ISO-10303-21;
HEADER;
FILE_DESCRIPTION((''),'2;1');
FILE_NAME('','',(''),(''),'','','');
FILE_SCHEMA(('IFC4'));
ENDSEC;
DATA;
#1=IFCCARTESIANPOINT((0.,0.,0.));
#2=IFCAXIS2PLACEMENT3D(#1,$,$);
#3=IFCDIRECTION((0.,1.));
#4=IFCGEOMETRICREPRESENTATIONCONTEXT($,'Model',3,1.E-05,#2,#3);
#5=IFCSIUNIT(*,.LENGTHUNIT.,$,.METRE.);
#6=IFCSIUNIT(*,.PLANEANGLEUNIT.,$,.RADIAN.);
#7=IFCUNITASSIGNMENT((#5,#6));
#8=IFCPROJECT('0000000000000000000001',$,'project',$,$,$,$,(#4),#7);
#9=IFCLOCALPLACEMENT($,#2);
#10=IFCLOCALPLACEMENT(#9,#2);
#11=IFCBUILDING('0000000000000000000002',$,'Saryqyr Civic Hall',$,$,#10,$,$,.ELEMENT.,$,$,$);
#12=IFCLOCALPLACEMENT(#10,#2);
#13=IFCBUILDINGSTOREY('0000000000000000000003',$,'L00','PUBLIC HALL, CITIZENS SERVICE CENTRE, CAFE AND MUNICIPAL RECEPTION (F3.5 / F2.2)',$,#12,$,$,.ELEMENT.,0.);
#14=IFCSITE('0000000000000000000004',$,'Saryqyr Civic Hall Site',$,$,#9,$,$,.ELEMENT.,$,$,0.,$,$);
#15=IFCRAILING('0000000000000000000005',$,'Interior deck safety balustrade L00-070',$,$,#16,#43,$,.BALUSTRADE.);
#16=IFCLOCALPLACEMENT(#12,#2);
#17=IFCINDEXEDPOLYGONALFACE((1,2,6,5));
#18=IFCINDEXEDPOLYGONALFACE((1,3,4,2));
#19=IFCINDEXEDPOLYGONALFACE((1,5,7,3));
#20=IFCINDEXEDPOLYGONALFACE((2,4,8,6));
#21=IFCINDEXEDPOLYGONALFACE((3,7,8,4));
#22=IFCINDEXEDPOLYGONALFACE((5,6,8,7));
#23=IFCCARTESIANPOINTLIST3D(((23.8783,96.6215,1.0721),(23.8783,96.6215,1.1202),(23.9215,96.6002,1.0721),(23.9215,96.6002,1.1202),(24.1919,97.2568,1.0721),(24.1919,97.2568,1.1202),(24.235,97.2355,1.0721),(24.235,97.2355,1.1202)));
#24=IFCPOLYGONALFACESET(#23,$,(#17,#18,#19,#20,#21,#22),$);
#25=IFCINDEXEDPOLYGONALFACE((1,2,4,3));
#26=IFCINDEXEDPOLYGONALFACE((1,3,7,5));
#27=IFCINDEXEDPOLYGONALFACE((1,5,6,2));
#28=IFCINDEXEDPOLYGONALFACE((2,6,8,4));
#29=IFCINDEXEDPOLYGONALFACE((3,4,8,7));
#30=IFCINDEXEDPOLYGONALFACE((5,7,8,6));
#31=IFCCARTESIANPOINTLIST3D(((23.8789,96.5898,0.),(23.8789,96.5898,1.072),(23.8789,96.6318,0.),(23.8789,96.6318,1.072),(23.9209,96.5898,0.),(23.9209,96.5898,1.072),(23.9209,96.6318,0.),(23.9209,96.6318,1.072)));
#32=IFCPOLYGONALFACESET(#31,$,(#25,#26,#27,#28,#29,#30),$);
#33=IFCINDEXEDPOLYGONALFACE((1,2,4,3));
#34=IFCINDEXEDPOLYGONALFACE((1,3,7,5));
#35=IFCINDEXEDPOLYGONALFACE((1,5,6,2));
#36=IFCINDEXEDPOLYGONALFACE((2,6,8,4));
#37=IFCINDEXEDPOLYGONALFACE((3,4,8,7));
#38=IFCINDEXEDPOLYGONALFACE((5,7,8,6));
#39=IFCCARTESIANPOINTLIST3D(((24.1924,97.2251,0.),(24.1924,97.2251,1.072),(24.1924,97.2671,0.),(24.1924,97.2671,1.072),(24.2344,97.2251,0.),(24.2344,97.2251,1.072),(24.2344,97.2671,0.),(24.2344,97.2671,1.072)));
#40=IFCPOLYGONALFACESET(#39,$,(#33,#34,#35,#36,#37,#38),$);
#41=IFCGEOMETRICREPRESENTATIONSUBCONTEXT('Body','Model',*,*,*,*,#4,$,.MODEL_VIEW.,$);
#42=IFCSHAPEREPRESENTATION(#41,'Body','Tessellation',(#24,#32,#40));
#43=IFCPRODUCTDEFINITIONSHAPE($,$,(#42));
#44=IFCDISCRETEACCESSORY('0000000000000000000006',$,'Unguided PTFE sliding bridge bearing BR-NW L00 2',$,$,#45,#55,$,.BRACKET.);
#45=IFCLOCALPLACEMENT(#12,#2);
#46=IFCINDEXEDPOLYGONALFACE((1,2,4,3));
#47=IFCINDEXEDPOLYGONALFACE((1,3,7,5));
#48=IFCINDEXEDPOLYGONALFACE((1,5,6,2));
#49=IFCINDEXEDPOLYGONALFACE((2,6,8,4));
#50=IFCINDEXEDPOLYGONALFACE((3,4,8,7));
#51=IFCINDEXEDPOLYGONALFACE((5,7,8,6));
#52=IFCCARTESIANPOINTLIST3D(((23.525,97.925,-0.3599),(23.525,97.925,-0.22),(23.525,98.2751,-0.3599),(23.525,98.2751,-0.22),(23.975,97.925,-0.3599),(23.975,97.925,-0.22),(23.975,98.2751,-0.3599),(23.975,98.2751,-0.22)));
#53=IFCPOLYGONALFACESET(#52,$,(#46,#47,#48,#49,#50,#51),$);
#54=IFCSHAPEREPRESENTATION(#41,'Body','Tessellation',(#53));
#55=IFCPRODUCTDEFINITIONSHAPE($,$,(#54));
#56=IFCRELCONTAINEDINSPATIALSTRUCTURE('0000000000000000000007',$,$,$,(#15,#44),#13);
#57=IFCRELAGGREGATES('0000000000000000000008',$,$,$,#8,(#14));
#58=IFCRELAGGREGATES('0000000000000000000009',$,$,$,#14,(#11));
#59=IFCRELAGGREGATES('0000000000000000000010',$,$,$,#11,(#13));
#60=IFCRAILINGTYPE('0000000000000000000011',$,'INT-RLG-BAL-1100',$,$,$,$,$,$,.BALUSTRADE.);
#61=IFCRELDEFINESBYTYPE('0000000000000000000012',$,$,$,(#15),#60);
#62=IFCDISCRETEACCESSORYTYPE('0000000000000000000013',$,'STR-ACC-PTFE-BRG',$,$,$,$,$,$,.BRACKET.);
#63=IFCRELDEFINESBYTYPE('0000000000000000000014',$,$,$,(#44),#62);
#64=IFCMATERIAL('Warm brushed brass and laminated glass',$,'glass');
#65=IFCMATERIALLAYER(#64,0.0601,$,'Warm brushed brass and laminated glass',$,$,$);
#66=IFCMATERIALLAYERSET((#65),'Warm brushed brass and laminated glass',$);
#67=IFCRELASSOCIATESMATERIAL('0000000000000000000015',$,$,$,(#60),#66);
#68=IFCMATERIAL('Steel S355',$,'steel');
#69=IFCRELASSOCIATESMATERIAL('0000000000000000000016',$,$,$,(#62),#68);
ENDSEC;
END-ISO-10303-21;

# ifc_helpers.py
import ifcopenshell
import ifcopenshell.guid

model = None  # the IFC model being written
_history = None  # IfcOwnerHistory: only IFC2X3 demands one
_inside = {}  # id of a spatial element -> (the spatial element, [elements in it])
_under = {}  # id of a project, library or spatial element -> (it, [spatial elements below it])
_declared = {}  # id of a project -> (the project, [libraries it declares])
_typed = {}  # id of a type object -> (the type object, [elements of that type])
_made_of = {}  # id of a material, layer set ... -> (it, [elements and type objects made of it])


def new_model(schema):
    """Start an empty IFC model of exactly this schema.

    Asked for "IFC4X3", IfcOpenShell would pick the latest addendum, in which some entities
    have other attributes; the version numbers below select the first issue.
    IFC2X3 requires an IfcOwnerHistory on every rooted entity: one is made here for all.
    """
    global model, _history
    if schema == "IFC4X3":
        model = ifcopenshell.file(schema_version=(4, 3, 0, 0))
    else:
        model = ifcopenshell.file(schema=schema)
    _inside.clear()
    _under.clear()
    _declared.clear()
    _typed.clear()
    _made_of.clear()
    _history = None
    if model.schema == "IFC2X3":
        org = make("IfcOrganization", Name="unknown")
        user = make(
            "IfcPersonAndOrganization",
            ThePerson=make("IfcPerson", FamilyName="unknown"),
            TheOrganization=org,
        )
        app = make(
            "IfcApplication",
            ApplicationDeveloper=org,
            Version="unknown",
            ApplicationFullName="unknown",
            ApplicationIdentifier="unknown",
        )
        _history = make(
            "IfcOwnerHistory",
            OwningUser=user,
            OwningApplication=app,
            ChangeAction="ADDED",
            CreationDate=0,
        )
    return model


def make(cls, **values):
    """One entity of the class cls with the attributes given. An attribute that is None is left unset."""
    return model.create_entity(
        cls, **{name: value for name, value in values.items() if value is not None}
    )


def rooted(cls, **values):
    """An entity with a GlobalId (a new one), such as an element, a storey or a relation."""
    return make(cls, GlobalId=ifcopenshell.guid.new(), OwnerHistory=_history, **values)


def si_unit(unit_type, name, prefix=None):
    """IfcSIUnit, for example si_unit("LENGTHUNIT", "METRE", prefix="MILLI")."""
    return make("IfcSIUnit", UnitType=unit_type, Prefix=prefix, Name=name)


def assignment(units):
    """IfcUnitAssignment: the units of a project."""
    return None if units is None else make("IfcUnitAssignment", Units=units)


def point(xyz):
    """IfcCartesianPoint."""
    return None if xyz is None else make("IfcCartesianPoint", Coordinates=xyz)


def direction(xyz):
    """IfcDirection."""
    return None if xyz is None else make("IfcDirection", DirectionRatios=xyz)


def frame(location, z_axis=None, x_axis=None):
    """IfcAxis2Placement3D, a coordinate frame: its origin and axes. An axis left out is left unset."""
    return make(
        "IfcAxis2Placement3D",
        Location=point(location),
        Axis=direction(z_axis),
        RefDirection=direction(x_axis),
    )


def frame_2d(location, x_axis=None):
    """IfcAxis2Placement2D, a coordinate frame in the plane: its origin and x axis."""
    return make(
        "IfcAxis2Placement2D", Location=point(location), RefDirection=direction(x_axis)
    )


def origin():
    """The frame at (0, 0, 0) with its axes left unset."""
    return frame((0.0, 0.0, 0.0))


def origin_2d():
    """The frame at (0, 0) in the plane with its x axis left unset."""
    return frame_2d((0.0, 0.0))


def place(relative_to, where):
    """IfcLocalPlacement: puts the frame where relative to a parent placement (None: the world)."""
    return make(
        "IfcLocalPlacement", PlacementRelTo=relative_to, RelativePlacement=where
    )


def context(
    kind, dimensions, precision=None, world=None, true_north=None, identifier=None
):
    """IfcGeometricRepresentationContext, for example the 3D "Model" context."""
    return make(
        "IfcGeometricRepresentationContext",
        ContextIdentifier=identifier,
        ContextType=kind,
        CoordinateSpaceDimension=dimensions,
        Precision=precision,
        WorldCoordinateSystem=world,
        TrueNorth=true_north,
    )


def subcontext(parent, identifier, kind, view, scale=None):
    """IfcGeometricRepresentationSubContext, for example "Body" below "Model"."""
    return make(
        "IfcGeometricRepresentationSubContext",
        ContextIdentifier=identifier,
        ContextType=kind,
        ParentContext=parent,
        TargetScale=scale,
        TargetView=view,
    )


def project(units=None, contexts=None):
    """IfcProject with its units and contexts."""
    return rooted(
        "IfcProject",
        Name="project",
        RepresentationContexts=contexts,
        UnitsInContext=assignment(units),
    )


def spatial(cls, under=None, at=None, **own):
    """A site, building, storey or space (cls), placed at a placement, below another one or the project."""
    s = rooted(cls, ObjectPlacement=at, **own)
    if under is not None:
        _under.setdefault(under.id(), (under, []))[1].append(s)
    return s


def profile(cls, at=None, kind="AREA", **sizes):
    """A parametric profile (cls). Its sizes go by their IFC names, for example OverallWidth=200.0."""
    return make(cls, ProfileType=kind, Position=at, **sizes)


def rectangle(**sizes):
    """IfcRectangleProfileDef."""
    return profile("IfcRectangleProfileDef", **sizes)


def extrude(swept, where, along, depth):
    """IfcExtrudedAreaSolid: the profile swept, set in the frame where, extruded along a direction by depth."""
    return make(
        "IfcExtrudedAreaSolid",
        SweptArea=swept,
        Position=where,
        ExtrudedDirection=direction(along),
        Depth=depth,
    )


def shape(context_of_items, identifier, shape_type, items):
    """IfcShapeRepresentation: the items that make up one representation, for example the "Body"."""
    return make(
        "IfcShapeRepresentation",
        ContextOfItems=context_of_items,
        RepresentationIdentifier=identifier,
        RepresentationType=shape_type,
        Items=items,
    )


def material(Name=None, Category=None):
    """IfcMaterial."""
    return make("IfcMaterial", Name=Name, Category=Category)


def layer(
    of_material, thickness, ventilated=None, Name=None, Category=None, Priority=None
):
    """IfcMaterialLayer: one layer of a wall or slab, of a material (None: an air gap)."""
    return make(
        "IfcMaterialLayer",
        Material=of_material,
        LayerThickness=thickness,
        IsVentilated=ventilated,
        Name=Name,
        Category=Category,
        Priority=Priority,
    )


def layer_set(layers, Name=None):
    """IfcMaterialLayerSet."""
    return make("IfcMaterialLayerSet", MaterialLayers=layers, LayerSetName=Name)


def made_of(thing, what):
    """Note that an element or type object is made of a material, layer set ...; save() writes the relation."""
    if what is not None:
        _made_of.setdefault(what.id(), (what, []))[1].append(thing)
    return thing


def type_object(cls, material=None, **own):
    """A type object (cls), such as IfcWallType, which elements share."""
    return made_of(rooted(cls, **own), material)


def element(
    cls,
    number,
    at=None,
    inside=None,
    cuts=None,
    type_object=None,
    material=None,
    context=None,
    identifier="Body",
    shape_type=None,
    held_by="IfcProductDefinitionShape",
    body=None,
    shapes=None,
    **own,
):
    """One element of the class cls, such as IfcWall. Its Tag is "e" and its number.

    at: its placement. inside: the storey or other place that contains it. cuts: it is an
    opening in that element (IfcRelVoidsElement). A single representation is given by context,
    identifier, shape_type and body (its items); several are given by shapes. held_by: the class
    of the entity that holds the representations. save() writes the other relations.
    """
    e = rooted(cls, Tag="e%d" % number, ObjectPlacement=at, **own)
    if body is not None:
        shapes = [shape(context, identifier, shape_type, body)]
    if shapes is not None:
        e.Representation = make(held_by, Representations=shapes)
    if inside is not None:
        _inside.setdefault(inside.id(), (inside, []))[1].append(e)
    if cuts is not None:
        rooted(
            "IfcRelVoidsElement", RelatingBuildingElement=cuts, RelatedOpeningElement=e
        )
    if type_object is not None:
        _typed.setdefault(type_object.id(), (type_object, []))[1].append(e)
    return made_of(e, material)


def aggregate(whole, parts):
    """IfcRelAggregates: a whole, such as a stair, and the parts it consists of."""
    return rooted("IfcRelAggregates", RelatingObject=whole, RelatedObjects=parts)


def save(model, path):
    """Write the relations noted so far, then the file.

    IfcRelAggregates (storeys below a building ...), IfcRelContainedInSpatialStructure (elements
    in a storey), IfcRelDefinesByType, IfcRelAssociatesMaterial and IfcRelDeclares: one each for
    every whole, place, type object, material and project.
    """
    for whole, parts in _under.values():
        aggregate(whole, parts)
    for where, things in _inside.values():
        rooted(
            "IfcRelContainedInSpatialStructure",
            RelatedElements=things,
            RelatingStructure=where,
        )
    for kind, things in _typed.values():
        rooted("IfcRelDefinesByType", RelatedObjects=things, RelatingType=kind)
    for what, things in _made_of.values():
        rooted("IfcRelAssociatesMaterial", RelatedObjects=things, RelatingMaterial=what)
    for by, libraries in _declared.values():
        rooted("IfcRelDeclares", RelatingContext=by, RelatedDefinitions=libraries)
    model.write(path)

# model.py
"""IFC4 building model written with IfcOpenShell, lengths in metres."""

from ifc_helpers import new_model, si_unit, direction, frame, origin, origin_2d, place, context, subcontext, project, spatial, rectangle, extrude, material, layer, layer_set, type_object, element, save


model = new_model("IFC4")

# Units and contexts
model_context = context("Model", 3, precision=1e-05, world=origin(), true_north=direction((0.0, 1.0)))
body_context = subcontext(model_context, "Body", "Model", "MODEL_VIEW")
ifc_project = project(units=[si_unit("LENGTHUNIT", "METRE"), si_unit("PLANEANGLEUNIT", "RADIAN")], contexts=[model_context])

# Site, building, storey
site_placement = place(None, origin())
site = spatial("IfcSite", under=ifc_project, at=site_placement, Name="Saryqyr Civic Hall Site", CompositionType="ELEMENT", RefElevation=0.0)
building_placement = place(site_placement, origin())
building = spatial("IfcBuilding", under=site, at=building_placement, Name="Saryqyr Civic Hall", CompositionType="ELEMENT")
storey_placement = place(building_placement, origin())
storey = spatial("IfcBuildingStorey", under=building, at=storey_placement, Name="L00", Description="PUBLIC HALL, CITIZENS SERVICE CENTRE, CAFE AND MUNICIPAL RECEPTION (F3.5 / F2.2)", CompositionType="ELEMENT", Elevation=0.0)

# Shared definitions
ifc_material_1 = material(Name="Steel S355", Category="steel")

# Railing
ifc_material_2 = material(Name="Warm brushed brass and laminated glass", Category="glass")
ifc_layer_1 = layer(ifc_material_2, 0.0601, Name="Warm brushed brass and laminated glass")
ifc_layer_set_1 = layer_set([ifc_layer_1], Name="Warm brushed brass and laminated glass")
railing_type = type_object("IfcRailingType", Name="INT-RLG-BAL-1100", PredefinedType="BALUSTRADE", material=ifc_layer_set_1)
railing_1_placement = place(storey_placement, frame((23.8999, 96.6108, 0.0)))
element("IfcRailing", 1, at=railing_1_placement, inside=storey, type_object=railing_type, Name="Interior deck safety balustrade L00-070", PredefinedType="BALUSTRADE", context=body_context, shape_type="SweptSolid", body=[
    extrude(rectangle(XDim=0.0481, YDim=0.0481, at=origin_2d()), frame((0.0, 0.0, 1.0962), z_axis=(0.44252, 0.896758, 0.0), x_axis=(-0.896758, 0.44252, 0.0)), (0.0, 0.0, 1.0), 0.7085),
    extrude(rectangle(XDim=0.042, YDim=0.042, at=origin_2d()), origin(), (0.0, 0.0, 1.0), 1.072),
    extrude(rectangle(XDim=0.042, YDim=0.042, at=origin_2d()), frame((0.3135, 0.6353, 0.0)), (0.0, 0.0, 1.0), 1.072),
])

# Discrete accessory
discrete_accessory_type = type_object("IfcDiscreteAccessoryType", Name="STR-ACC-PTFE-BRG", PredefinedType="BRACKET", material=ifc_material_1)
discrete_accessory_placement = place(storey_placement, frame((23.75, 98.1001, -0.3599), z_axis=(0.0, 0.0, 1.0), x_axis=(1.0, 0.0, 0.0)))
element("IfcDiscreteAccessory", 2, at=discrete_accessory_placement, inside=storey, type_object=discrete_accessory_type, Name="Unguided PTFE sliding bridge bearing BR-NW L00 2", PredefinedType="BRACKET", context=body_context, shape_type="SweptSolid", body=[
    extrude(rectangle(XDim=0.45, YDim=0.3501, at=origin_2d()), origin(), (0.0, 0.0, 1.0), 0.1399),
])

save(model, "model.ifc")
